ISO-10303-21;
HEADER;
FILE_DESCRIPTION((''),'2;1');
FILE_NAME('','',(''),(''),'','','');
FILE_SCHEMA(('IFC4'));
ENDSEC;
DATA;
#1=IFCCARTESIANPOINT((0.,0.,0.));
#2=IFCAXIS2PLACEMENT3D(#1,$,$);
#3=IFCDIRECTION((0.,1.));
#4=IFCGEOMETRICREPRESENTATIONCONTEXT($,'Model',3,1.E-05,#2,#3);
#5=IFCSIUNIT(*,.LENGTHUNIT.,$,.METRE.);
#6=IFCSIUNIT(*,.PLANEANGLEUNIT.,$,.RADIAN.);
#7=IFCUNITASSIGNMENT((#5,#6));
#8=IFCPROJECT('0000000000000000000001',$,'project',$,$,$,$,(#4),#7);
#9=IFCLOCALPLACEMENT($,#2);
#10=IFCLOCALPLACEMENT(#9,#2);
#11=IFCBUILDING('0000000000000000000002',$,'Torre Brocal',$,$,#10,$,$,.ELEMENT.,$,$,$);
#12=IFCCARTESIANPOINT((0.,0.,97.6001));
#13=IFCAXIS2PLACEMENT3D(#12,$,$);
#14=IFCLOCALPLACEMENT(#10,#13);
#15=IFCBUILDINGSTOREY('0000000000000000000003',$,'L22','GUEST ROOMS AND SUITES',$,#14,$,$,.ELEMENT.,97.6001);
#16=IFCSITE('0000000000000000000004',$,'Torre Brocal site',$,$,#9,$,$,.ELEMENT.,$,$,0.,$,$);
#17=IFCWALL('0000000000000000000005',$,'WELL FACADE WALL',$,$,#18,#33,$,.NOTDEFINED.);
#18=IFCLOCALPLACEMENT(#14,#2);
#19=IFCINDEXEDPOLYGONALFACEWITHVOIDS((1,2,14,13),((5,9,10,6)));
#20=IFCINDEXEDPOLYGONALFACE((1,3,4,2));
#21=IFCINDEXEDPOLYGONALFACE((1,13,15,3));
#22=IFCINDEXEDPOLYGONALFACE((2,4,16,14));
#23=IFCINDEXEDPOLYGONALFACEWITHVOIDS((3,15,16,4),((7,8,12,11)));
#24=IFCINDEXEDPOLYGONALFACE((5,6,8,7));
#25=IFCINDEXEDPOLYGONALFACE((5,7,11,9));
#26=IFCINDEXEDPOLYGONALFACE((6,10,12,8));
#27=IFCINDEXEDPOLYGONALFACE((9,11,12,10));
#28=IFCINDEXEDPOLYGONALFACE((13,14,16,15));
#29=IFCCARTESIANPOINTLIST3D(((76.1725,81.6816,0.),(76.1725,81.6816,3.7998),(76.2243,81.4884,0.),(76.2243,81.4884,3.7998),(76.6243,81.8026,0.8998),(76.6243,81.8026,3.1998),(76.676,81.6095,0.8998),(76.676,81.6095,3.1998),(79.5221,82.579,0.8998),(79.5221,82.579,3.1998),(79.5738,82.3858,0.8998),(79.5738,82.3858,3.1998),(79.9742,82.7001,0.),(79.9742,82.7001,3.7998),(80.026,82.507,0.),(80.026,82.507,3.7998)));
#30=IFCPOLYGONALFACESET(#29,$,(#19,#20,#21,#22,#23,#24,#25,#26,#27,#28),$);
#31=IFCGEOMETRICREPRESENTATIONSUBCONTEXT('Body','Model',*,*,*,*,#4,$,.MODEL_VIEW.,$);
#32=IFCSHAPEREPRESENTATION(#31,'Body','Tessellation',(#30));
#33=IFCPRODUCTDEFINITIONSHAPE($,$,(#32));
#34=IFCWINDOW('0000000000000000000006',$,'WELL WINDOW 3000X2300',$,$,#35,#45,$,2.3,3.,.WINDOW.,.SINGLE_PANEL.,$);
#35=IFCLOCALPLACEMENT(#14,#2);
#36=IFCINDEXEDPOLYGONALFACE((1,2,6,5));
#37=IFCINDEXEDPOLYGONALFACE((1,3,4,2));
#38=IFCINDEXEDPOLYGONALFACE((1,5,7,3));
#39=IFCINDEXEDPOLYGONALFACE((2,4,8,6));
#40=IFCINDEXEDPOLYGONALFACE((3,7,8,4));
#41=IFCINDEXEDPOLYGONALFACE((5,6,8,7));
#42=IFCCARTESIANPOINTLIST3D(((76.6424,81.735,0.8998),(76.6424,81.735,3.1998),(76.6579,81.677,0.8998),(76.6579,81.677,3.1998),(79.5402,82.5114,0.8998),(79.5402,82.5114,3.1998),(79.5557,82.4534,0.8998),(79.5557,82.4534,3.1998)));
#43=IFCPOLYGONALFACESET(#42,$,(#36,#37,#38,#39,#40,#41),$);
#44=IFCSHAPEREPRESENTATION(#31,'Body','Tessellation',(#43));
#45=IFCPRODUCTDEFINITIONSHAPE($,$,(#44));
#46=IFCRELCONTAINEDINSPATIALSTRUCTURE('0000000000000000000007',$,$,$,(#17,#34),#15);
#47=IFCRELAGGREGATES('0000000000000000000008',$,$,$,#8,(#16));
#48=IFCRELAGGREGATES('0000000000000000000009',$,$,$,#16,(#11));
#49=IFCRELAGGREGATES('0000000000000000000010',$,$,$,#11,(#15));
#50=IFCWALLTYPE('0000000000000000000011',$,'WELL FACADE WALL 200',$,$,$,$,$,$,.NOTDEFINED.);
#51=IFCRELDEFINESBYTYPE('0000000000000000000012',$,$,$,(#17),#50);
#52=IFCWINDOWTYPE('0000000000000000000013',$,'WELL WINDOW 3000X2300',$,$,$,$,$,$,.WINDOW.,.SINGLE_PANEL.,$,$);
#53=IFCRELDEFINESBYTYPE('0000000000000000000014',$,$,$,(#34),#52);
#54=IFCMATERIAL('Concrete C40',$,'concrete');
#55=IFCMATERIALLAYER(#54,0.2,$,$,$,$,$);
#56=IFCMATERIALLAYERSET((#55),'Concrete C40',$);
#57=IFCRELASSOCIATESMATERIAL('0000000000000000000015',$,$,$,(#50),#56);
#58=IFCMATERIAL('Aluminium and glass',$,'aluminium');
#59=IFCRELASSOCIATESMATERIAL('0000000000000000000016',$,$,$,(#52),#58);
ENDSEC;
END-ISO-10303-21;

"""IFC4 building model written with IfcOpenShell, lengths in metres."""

from ifc_helpers import new_model, si_unit, direction, frame, frame_2d, origin, place, context, subcontext, project, spatial, rectangle, extrude, material, layer, layer_set, type_object, element, fill, save


model = new_model("IFC4")

# Units and contexts
model_context = context("Model", 3, precision=1e-05, world=origin(), true_north=direction((0.0, 1.0)))
body_context = subcontext(model_context, "Body", "Model", "MODEL_VIEW")
ifc_project = project(units=[si_unit("LENGTHUNIT", "METRE"), si_unit("PLANEANGLEUNIT", "RADIAN")], contexts=[model_context])

# Site, building, storey
site_placement = place(None, origin())
site = spatial("IfcSite", under=ifc_project, at=site_placement, Name="Torre Brocal site", CompositionType="ELEMENT", RefElevation=0.0)
building_placement = place(site_placement, origin())
building = spatial("IfcBuilding", under=site, at=building_placement, Name="Torre Brocal", CompositionType="ELEMENT")
storey_placement = place(building_placement, frame((0.0, 0.0, 97.6001)))
storey = spatial("IfcBuildingStorey", under=building, at=storey_placement, Name="L22", Description="GUEST ROOMS AND SUITES", CompositionType="ELEMENT", Elevation=97.6001)

# Wall, opening, window
ifc_material_1 = material(Name="Concrete C40", Category="concrete")
ifc_layer_1 = layer(ifc_material_1, 0.2)
ifc_layer_set_1 = layer_set([ifc_layer_1], Name="Concrete C40")
wall_type_1 = type_object("IfcWallType", Name="WELL FACADE WALL 200", PredefinedType="NOTDEFINED", material=ifc_layer_set_1)
wall_1_placement = place(storey_placement, frame((80.0, 82.6035, 0.0), z_axis=(0.0, 0.0, 1.0), x_axis=(-0.965934, -0.25879, 0.0)))
wall_1 = element("IfcWall", 1, at=wall_1_placement, inside=storey, type_object=wall_type_1, Name="WELL FACADE WALL", PredefinedType="NOTDEFINED", context=body_context, shape_type="SweptSolid", body=[
    extrude(rectangle(XDim=3.9358, YDim=0.2, at=frame_2d((1.9678, 0.0))), origin(), (0.0, 0.0, 1.0), 3.7998),
])
opening_1_placement = place(wall_1_placement, frame((0.468, 0.0, 0.8999)))
opening_1 = element("IfcOpeningElement", 2, at=opening_1_placement, cuts=wall_1, PredefinedType="OPENING", context=body_context, shape_type="SweptSolid", body=[
    extrude(rectangle(XDim=3.0, YDim=2.3, at=frame_2d((1.5, 1.1499))), frame((0.0, 0.1099, 0.0), z_axis=(0.0, -1.0, 0.0), x_axis=(1.0, 0.0, 0.0)), (0.0, 0.0, 1.0), 0.22),
])
ifc_material_2 = material(Name="Aluminium and glass", Category="aluminium")
window_type = type_object("IfcWindowType", Name="WELL WINDOW 3000X2300", PartitioningType="SINGLE_PANEL", PredefinedType="WINDOW", material=ifc_material_2)
window_placement = place(opening_1_placement, origin())
window = element("IfcWindow", 3, at=window_placement, inside=storey, type_object=window_type, Name="WELL WINDOW 3000X2300", OverallHeight=2.3, OverallWidth=3.0, PartitioningType="SINGLE_PANEL", PredefinedType="WINDOW", context=body_context, shape_type="SweptSolid", body=[
    extrude(rectangle(XDim=3.0, YDim=2.3, at=frame_2d((1.5, 1.1499))), frame((0.0, 0.03, 0.0), z_axis=(0.0, -1.0, 0.0), x_axis=(1.0, 0.0, 0.0)), (0.0, 0.0, 1.0), 0.0601),
])
fill(opening_1, window)

save(model, "model.ifc")
